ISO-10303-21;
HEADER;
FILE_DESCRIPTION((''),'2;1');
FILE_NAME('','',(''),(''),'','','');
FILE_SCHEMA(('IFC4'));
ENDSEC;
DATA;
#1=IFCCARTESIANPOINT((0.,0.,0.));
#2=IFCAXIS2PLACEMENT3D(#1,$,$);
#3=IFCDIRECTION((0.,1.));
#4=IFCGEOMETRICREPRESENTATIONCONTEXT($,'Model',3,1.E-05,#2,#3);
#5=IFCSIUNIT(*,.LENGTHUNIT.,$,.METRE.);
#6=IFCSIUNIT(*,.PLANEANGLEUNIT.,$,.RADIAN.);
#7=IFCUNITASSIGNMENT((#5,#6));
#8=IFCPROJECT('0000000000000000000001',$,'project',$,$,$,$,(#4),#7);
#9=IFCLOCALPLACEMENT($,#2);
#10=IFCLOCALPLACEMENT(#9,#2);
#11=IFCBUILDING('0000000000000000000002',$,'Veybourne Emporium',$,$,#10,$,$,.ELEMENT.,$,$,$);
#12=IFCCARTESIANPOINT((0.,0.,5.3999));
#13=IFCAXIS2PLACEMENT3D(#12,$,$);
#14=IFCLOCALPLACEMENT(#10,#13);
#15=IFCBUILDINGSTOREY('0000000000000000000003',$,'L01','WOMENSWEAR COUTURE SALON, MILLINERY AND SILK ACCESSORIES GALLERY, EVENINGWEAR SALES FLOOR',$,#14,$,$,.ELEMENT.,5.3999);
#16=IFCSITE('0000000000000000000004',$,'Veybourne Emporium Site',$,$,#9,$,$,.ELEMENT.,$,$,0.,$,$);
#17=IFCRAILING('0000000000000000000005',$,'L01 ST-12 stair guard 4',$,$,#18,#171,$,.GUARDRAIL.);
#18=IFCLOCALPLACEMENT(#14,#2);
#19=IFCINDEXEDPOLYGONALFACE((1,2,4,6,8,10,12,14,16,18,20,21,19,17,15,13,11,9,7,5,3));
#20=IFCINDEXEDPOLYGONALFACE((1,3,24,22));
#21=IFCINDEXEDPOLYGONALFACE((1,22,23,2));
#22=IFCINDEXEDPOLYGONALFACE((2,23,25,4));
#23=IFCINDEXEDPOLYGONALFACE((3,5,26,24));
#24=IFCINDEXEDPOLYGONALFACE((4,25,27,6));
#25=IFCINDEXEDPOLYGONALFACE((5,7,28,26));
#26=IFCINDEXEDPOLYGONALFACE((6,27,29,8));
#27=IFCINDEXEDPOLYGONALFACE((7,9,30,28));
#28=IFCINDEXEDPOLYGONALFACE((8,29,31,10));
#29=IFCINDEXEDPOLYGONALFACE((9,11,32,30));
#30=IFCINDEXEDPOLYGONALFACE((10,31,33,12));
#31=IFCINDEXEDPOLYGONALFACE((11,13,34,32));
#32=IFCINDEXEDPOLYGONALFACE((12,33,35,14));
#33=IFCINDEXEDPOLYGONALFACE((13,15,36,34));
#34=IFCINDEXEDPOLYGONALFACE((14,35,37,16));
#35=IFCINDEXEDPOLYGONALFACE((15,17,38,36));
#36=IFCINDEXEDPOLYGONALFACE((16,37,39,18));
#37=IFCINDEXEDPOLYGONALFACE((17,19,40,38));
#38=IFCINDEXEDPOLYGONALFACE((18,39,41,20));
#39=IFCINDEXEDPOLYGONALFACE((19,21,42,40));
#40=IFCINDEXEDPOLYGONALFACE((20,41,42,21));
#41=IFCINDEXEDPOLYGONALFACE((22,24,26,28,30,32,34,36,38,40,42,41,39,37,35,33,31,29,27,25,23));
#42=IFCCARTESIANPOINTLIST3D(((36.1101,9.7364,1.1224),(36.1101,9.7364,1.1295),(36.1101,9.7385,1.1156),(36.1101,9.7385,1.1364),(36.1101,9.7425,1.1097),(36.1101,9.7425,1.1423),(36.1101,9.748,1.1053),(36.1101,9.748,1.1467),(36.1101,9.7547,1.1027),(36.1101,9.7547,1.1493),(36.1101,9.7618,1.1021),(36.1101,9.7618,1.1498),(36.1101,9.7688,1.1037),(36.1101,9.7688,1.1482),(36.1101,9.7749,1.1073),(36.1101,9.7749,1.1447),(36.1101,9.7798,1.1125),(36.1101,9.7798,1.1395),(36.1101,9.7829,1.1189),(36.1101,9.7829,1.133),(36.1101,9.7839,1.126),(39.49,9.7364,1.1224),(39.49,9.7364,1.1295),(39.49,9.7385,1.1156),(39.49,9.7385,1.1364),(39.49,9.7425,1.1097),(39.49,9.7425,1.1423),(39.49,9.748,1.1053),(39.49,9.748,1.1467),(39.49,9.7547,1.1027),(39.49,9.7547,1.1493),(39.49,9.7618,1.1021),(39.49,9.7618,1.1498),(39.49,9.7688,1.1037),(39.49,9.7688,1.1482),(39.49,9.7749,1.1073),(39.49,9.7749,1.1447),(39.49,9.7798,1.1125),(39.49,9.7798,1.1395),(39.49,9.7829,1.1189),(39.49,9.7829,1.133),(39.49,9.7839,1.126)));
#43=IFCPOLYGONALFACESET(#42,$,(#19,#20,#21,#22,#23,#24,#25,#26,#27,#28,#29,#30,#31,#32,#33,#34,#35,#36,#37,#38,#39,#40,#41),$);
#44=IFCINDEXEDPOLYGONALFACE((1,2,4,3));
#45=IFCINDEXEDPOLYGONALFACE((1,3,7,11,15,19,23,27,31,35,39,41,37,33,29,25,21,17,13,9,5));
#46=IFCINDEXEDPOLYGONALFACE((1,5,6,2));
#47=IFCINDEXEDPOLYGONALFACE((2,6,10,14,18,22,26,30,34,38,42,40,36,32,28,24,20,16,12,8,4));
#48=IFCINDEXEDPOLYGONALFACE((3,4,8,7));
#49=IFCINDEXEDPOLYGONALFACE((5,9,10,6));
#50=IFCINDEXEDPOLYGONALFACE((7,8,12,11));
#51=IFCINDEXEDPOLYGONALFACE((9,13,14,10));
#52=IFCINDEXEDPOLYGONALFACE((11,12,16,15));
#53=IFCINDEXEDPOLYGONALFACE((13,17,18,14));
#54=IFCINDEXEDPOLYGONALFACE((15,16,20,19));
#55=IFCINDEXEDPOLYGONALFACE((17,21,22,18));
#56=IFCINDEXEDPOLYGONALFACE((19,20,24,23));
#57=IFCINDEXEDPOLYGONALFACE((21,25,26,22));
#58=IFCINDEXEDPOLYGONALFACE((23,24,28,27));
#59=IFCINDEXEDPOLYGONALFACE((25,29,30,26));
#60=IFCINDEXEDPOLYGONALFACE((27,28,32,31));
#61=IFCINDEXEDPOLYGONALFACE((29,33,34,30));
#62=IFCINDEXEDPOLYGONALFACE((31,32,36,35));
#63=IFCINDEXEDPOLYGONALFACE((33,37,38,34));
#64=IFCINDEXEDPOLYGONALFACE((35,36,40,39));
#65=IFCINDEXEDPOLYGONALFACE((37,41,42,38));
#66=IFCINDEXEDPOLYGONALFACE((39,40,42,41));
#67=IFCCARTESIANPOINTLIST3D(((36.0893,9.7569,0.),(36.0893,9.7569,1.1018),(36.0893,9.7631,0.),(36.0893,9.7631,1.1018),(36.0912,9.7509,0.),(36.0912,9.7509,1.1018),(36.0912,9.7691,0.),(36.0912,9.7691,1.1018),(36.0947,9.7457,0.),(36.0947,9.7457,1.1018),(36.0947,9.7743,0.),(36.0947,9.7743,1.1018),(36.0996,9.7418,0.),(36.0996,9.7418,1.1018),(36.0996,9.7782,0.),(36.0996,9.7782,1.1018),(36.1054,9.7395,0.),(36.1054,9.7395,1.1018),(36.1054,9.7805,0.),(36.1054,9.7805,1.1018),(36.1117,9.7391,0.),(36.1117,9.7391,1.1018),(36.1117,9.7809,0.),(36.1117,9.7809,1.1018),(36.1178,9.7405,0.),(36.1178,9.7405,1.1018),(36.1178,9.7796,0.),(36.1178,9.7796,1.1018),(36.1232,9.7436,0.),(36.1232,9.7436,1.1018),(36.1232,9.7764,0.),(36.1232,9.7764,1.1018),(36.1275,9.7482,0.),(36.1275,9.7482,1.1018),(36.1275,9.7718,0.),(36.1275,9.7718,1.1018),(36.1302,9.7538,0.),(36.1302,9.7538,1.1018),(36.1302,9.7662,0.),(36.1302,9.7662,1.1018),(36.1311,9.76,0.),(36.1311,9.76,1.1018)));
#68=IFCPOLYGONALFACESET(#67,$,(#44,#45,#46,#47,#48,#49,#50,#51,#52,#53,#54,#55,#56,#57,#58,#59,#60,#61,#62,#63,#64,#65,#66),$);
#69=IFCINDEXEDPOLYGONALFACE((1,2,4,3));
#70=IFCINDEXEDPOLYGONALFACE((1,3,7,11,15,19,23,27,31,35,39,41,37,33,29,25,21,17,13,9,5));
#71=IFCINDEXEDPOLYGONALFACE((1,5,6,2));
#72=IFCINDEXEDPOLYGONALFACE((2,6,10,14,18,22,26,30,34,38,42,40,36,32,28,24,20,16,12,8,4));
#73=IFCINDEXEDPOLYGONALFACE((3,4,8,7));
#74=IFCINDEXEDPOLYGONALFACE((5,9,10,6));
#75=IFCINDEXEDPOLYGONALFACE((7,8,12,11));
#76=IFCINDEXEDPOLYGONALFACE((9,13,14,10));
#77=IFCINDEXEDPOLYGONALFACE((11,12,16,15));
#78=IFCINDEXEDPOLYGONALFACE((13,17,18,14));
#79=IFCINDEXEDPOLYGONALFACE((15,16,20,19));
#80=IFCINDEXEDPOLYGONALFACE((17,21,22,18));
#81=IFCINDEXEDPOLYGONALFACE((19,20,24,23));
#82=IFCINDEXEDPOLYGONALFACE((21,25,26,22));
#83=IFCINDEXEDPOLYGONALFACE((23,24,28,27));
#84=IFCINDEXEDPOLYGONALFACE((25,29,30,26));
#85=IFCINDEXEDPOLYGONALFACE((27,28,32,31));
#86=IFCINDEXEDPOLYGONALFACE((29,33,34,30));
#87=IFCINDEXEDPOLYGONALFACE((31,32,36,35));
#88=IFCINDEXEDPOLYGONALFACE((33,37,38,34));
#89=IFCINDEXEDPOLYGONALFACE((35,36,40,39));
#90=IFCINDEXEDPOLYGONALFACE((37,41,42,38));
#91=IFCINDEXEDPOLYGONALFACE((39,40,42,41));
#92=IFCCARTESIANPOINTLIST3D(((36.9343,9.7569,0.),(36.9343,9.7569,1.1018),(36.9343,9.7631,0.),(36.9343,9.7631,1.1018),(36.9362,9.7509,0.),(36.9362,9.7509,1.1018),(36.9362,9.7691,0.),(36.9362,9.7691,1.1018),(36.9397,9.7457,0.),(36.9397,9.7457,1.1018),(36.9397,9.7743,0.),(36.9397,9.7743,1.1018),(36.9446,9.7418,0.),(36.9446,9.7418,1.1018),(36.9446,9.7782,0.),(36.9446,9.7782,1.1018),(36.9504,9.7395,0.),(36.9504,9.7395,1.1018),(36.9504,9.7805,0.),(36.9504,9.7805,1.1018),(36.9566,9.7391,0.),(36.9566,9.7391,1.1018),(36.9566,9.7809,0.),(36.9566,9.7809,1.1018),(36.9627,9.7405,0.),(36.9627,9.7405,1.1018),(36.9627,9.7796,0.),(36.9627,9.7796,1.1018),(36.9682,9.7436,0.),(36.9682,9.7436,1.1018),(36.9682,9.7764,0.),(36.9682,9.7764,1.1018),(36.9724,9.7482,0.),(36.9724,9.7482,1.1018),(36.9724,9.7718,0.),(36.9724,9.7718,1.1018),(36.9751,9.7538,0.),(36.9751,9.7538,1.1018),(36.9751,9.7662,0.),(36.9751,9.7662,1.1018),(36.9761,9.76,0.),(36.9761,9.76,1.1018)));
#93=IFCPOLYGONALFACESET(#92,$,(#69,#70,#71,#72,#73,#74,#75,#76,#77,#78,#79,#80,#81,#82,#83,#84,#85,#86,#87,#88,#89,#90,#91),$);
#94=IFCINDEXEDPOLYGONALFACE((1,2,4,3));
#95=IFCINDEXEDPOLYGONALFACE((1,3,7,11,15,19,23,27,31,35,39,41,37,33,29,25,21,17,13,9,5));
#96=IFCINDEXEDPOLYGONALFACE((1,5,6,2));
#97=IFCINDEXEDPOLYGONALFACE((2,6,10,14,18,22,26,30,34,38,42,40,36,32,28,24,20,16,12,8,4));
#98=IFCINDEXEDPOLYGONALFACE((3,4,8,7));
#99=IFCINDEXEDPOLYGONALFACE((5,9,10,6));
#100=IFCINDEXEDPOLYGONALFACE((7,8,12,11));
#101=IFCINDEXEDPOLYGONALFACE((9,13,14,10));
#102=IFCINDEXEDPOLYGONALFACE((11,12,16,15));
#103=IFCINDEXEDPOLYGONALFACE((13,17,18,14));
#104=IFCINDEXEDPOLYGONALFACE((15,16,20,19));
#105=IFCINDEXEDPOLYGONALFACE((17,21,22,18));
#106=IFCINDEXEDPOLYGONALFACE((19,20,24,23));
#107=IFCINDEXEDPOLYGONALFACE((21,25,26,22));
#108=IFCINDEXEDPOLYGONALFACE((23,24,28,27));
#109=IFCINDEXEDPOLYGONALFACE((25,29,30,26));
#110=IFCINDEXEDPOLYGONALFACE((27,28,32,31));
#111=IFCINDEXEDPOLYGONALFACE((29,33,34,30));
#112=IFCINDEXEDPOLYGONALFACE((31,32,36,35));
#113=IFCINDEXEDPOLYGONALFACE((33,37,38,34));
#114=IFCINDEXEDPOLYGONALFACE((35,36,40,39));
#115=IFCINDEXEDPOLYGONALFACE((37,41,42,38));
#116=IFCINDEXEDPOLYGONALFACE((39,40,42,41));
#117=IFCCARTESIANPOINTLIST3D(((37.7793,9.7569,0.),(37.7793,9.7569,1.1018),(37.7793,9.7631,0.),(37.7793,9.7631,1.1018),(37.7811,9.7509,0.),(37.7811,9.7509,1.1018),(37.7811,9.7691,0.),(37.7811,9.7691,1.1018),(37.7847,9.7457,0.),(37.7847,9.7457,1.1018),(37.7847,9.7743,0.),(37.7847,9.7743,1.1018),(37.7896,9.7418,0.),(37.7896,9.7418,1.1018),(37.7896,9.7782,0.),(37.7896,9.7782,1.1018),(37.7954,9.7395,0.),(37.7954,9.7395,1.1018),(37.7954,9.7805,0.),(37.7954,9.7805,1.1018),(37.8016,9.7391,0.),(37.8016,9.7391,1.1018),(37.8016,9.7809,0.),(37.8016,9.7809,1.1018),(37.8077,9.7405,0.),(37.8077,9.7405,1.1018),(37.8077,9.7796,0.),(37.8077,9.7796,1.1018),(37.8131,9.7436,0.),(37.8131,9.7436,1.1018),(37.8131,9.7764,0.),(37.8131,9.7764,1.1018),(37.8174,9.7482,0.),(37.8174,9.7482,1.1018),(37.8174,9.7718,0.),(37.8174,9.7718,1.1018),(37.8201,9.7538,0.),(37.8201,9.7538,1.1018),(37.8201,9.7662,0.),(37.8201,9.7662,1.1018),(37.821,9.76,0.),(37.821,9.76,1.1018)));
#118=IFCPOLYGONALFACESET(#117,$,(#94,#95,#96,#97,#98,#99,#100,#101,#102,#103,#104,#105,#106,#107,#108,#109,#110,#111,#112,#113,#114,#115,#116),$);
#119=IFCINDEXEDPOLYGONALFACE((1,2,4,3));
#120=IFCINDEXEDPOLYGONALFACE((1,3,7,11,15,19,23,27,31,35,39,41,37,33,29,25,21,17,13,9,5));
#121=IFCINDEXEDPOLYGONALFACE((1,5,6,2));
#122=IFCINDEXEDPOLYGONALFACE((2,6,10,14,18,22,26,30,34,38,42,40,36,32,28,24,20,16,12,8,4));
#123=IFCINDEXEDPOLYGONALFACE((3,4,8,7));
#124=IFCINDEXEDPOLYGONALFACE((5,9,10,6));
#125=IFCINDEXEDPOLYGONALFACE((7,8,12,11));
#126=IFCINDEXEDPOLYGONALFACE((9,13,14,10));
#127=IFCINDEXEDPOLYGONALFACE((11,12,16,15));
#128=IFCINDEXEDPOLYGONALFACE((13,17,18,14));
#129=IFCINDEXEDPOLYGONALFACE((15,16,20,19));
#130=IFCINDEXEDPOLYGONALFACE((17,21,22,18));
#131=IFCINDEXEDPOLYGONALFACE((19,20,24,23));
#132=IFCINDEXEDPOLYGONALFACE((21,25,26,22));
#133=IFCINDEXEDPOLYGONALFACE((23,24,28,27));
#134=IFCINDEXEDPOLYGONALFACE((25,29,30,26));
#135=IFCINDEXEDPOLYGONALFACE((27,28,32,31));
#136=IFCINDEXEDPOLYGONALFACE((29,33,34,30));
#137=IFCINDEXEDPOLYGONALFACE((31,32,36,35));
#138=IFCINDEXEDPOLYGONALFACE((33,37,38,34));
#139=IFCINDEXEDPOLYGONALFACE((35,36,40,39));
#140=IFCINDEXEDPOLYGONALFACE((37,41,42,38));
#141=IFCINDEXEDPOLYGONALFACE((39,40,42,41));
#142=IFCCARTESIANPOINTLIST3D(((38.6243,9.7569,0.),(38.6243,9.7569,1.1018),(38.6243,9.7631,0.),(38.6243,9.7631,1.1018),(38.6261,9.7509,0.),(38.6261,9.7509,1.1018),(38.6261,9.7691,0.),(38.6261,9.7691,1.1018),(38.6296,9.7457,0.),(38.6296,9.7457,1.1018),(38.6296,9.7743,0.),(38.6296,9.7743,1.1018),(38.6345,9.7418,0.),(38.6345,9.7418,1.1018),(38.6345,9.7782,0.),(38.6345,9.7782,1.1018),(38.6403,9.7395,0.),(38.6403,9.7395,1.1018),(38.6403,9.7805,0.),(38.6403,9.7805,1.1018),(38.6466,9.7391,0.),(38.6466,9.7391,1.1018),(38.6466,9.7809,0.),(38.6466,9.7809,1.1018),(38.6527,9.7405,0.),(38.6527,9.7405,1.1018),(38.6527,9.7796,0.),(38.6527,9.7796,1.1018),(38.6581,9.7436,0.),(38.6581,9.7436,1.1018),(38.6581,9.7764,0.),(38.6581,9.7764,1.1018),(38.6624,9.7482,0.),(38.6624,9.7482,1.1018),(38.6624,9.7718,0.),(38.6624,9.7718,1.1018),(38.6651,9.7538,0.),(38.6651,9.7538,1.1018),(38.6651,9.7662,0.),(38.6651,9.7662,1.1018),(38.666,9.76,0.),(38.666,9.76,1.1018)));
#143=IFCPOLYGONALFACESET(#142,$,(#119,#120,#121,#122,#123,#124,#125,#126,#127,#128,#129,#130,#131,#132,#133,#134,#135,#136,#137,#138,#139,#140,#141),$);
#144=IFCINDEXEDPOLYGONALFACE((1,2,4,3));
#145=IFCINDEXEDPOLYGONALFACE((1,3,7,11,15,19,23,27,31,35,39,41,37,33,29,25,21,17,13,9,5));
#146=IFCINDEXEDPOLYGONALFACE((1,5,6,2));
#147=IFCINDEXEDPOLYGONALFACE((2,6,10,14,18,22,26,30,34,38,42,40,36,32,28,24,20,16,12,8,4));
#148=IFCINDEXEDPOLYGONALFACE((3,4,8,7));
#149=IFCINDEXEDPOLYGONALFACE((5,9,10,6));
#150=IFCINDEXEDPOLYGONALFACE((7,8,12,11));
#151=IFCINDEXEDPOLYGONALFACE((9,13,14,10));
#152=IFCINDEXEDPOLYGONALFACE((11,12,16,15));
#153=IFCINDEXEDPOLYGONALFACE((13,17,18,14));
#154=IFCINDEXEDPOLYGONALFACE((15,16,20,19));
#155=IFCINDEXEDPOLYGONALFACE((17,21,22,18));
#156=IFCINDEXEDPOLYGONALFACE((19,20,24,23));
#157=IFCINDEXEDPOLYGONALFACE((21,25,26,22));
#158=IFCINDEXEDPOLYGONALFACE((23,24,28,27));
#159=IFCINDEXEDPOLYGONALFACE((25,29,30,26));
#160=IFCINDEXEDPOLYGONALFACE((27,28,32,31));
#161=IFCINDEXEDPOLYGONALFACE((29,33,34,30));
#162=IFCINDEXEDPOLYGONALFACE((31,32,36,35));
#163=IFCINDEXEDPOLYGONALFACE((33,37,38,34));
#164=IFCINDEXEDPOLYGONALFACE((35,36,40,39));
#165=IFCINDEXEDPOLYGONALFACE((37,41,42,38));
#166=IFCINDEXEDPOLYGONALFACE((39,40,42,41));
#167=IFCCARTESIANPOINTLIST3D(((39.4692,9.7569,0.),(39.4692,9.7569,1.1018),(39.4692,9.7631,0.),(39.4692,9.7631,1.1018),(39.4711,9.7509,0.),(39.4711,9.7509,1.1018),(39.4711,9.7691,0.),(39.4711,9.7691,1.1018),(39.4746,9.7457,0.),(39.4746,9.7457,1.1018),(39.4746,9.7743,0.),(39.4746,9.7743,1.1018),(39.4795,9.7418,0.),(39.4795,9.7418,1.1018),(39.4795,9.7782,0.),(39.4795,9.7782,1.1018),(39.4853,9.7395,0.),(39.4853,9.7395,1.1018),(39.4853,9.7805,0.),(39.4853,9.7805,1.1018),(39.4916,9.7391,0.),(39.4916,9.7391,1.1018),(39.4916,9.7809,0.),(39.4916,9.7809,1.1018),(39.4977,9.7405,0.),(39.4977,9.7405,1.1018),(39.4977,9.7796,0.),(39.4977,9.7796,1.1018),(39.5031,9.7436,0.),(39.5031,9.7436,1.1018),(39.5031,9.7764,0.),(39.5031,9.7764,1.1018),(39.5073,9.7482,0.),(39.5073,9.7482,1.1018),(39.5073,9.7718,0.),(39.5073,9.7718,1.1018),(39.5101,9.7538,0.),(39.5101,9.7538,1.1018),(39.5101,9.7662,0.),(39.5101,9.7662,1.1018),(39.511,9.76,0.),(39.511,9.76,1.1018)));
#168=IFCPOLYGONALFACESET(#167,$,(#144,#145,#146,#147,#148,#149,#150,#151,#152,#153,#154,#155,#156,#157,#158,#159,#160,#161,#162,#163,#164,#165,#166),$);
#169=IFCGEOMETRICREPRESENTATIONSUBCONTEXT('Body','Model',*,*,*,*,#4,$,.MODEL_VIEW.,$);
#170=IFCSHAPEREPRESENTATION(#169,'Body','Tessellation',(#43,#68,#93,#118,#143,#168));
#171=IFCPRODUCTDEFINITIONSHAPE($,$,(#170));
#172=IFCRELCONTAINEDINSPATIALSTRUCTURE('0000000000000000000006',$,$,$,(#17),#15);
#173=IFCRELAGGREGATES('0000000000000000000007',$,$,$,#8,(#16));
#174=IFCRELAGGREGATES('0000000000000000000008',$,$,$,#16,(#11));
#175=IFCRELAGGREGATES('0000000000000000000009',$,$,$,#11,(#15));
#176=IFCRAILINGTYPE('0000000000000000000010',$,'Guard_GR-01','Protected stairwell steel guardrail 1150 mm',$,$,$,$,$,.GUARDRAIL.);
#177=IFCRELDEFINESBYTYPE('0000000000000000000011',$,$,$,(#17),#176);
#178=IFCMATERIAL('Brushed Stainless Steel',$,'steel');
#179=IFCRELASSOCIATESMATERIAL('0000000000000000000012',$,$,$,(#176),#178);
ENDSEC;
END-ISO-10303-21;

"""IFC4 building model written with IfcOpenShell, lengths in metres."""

from ifc_helpers import new_model, si_unit, direction, frame, origin, origin_2d, place, context, subcontext, project, spatial, circle, extrude, material, type_object, element, save


model = new_model("IFC4")

# Units and contexts
model_context = context("Model", 3, precision=1e-05, world=origin(), true_north=direction((0.0, 1.0)))
body_context = subcontext(model_context, "Body", "Model", "MODEL_VIEW")
ifc_project = project(units=[si_unit("LENGTHUNIT", "METRE"), si_unit("PLANEANGLEUNIT", "RADIAN")], contexts=[model_context])

# Site, building, storey
site_placement = place(None, origin())
site = spatial("IfcSite", under=ifc_project, at=site_placement, Name="Veybourne Emporium Site", CompositionType="ELEMENT", RefElevation=0.0)
building_placement = place(site_placement, origin())
building = spatial("IfcBuilding", under=site, at=building_placement, Name="Veybourne Emporium", CompositionType="ELEMENT")
storey_placement = place(building_placement, frame((0.0, 0.0, 5.3999)))
storey = spatial("IfcBuildingStorey", under=building, at=storey_placement, Name="L01", Description="WOMENSWEAR COUTURE SALON, MILLINERY AND SILK ACCESSORIES GALLERY, EVENINGWEAR SALES FLOOR", CompositionType="ELEMENT", Elevation=5.3999)

# Railing
ifc_material_1 = material(Name="Brushed Stainless Steel", Category="steel")
railing_type_1 = type_object("IfcRailingType", Name="Guard_GR-01", Description="Protected stairwell steel guardrail 1150 mm", PredefinedType="GUARDRAIL", material=ifc_material_1)
railing_1_placement = place(storey_placement, frame((36.1101, 9.76, 0.0)))
element("IfcRailing", 1, at=railing_1_placement, inside=storey, type_object=railing_type_1, Name="L01 ST-12 stair guard 4", PredefinedType="GUARDRAIL", context=body_context, shape_type="SweptSolid", body=[
    extrude(circle(Radius=0.0239, at=origin_2d()), frame((0.0, 0.0, 1.126), z_axis=(1.0, 0.0, 0.0), x_axis=(0.0, 1.0, 0.0)), (0.0, 0.0, 1.0), 3.3799),
    extrude(circle(Radius=0.021, at=origin_2d()), origin(), (0.0, 0.0, 1.0), 1.1018),
    extrude(circle(Radius=0.021, at=origin_2d()), frame((0.845, 0.0, 0.0)), (0.0, 0.0, 1.0), 1.1018),
    extrude(circle(Radius=0.021, at=origin_2d()), frame((1.6899, 0.0, 0.0)), (0.0, 0.0, 1.0), 1.1018),
    extrude(circle(Radius=0.021, at=origin_2d()), frame((2.5349, 0.0, 0.0)), (0.0, 0.0, 1.0), 1.1018),
    extrude(circle(Radius=0.021, at=origin_2d()), frame((3.3799, 0.0, 0.0)), (0.0, 0.0, 1.0), 1.1018),
])

save(model, "model.ifc")
